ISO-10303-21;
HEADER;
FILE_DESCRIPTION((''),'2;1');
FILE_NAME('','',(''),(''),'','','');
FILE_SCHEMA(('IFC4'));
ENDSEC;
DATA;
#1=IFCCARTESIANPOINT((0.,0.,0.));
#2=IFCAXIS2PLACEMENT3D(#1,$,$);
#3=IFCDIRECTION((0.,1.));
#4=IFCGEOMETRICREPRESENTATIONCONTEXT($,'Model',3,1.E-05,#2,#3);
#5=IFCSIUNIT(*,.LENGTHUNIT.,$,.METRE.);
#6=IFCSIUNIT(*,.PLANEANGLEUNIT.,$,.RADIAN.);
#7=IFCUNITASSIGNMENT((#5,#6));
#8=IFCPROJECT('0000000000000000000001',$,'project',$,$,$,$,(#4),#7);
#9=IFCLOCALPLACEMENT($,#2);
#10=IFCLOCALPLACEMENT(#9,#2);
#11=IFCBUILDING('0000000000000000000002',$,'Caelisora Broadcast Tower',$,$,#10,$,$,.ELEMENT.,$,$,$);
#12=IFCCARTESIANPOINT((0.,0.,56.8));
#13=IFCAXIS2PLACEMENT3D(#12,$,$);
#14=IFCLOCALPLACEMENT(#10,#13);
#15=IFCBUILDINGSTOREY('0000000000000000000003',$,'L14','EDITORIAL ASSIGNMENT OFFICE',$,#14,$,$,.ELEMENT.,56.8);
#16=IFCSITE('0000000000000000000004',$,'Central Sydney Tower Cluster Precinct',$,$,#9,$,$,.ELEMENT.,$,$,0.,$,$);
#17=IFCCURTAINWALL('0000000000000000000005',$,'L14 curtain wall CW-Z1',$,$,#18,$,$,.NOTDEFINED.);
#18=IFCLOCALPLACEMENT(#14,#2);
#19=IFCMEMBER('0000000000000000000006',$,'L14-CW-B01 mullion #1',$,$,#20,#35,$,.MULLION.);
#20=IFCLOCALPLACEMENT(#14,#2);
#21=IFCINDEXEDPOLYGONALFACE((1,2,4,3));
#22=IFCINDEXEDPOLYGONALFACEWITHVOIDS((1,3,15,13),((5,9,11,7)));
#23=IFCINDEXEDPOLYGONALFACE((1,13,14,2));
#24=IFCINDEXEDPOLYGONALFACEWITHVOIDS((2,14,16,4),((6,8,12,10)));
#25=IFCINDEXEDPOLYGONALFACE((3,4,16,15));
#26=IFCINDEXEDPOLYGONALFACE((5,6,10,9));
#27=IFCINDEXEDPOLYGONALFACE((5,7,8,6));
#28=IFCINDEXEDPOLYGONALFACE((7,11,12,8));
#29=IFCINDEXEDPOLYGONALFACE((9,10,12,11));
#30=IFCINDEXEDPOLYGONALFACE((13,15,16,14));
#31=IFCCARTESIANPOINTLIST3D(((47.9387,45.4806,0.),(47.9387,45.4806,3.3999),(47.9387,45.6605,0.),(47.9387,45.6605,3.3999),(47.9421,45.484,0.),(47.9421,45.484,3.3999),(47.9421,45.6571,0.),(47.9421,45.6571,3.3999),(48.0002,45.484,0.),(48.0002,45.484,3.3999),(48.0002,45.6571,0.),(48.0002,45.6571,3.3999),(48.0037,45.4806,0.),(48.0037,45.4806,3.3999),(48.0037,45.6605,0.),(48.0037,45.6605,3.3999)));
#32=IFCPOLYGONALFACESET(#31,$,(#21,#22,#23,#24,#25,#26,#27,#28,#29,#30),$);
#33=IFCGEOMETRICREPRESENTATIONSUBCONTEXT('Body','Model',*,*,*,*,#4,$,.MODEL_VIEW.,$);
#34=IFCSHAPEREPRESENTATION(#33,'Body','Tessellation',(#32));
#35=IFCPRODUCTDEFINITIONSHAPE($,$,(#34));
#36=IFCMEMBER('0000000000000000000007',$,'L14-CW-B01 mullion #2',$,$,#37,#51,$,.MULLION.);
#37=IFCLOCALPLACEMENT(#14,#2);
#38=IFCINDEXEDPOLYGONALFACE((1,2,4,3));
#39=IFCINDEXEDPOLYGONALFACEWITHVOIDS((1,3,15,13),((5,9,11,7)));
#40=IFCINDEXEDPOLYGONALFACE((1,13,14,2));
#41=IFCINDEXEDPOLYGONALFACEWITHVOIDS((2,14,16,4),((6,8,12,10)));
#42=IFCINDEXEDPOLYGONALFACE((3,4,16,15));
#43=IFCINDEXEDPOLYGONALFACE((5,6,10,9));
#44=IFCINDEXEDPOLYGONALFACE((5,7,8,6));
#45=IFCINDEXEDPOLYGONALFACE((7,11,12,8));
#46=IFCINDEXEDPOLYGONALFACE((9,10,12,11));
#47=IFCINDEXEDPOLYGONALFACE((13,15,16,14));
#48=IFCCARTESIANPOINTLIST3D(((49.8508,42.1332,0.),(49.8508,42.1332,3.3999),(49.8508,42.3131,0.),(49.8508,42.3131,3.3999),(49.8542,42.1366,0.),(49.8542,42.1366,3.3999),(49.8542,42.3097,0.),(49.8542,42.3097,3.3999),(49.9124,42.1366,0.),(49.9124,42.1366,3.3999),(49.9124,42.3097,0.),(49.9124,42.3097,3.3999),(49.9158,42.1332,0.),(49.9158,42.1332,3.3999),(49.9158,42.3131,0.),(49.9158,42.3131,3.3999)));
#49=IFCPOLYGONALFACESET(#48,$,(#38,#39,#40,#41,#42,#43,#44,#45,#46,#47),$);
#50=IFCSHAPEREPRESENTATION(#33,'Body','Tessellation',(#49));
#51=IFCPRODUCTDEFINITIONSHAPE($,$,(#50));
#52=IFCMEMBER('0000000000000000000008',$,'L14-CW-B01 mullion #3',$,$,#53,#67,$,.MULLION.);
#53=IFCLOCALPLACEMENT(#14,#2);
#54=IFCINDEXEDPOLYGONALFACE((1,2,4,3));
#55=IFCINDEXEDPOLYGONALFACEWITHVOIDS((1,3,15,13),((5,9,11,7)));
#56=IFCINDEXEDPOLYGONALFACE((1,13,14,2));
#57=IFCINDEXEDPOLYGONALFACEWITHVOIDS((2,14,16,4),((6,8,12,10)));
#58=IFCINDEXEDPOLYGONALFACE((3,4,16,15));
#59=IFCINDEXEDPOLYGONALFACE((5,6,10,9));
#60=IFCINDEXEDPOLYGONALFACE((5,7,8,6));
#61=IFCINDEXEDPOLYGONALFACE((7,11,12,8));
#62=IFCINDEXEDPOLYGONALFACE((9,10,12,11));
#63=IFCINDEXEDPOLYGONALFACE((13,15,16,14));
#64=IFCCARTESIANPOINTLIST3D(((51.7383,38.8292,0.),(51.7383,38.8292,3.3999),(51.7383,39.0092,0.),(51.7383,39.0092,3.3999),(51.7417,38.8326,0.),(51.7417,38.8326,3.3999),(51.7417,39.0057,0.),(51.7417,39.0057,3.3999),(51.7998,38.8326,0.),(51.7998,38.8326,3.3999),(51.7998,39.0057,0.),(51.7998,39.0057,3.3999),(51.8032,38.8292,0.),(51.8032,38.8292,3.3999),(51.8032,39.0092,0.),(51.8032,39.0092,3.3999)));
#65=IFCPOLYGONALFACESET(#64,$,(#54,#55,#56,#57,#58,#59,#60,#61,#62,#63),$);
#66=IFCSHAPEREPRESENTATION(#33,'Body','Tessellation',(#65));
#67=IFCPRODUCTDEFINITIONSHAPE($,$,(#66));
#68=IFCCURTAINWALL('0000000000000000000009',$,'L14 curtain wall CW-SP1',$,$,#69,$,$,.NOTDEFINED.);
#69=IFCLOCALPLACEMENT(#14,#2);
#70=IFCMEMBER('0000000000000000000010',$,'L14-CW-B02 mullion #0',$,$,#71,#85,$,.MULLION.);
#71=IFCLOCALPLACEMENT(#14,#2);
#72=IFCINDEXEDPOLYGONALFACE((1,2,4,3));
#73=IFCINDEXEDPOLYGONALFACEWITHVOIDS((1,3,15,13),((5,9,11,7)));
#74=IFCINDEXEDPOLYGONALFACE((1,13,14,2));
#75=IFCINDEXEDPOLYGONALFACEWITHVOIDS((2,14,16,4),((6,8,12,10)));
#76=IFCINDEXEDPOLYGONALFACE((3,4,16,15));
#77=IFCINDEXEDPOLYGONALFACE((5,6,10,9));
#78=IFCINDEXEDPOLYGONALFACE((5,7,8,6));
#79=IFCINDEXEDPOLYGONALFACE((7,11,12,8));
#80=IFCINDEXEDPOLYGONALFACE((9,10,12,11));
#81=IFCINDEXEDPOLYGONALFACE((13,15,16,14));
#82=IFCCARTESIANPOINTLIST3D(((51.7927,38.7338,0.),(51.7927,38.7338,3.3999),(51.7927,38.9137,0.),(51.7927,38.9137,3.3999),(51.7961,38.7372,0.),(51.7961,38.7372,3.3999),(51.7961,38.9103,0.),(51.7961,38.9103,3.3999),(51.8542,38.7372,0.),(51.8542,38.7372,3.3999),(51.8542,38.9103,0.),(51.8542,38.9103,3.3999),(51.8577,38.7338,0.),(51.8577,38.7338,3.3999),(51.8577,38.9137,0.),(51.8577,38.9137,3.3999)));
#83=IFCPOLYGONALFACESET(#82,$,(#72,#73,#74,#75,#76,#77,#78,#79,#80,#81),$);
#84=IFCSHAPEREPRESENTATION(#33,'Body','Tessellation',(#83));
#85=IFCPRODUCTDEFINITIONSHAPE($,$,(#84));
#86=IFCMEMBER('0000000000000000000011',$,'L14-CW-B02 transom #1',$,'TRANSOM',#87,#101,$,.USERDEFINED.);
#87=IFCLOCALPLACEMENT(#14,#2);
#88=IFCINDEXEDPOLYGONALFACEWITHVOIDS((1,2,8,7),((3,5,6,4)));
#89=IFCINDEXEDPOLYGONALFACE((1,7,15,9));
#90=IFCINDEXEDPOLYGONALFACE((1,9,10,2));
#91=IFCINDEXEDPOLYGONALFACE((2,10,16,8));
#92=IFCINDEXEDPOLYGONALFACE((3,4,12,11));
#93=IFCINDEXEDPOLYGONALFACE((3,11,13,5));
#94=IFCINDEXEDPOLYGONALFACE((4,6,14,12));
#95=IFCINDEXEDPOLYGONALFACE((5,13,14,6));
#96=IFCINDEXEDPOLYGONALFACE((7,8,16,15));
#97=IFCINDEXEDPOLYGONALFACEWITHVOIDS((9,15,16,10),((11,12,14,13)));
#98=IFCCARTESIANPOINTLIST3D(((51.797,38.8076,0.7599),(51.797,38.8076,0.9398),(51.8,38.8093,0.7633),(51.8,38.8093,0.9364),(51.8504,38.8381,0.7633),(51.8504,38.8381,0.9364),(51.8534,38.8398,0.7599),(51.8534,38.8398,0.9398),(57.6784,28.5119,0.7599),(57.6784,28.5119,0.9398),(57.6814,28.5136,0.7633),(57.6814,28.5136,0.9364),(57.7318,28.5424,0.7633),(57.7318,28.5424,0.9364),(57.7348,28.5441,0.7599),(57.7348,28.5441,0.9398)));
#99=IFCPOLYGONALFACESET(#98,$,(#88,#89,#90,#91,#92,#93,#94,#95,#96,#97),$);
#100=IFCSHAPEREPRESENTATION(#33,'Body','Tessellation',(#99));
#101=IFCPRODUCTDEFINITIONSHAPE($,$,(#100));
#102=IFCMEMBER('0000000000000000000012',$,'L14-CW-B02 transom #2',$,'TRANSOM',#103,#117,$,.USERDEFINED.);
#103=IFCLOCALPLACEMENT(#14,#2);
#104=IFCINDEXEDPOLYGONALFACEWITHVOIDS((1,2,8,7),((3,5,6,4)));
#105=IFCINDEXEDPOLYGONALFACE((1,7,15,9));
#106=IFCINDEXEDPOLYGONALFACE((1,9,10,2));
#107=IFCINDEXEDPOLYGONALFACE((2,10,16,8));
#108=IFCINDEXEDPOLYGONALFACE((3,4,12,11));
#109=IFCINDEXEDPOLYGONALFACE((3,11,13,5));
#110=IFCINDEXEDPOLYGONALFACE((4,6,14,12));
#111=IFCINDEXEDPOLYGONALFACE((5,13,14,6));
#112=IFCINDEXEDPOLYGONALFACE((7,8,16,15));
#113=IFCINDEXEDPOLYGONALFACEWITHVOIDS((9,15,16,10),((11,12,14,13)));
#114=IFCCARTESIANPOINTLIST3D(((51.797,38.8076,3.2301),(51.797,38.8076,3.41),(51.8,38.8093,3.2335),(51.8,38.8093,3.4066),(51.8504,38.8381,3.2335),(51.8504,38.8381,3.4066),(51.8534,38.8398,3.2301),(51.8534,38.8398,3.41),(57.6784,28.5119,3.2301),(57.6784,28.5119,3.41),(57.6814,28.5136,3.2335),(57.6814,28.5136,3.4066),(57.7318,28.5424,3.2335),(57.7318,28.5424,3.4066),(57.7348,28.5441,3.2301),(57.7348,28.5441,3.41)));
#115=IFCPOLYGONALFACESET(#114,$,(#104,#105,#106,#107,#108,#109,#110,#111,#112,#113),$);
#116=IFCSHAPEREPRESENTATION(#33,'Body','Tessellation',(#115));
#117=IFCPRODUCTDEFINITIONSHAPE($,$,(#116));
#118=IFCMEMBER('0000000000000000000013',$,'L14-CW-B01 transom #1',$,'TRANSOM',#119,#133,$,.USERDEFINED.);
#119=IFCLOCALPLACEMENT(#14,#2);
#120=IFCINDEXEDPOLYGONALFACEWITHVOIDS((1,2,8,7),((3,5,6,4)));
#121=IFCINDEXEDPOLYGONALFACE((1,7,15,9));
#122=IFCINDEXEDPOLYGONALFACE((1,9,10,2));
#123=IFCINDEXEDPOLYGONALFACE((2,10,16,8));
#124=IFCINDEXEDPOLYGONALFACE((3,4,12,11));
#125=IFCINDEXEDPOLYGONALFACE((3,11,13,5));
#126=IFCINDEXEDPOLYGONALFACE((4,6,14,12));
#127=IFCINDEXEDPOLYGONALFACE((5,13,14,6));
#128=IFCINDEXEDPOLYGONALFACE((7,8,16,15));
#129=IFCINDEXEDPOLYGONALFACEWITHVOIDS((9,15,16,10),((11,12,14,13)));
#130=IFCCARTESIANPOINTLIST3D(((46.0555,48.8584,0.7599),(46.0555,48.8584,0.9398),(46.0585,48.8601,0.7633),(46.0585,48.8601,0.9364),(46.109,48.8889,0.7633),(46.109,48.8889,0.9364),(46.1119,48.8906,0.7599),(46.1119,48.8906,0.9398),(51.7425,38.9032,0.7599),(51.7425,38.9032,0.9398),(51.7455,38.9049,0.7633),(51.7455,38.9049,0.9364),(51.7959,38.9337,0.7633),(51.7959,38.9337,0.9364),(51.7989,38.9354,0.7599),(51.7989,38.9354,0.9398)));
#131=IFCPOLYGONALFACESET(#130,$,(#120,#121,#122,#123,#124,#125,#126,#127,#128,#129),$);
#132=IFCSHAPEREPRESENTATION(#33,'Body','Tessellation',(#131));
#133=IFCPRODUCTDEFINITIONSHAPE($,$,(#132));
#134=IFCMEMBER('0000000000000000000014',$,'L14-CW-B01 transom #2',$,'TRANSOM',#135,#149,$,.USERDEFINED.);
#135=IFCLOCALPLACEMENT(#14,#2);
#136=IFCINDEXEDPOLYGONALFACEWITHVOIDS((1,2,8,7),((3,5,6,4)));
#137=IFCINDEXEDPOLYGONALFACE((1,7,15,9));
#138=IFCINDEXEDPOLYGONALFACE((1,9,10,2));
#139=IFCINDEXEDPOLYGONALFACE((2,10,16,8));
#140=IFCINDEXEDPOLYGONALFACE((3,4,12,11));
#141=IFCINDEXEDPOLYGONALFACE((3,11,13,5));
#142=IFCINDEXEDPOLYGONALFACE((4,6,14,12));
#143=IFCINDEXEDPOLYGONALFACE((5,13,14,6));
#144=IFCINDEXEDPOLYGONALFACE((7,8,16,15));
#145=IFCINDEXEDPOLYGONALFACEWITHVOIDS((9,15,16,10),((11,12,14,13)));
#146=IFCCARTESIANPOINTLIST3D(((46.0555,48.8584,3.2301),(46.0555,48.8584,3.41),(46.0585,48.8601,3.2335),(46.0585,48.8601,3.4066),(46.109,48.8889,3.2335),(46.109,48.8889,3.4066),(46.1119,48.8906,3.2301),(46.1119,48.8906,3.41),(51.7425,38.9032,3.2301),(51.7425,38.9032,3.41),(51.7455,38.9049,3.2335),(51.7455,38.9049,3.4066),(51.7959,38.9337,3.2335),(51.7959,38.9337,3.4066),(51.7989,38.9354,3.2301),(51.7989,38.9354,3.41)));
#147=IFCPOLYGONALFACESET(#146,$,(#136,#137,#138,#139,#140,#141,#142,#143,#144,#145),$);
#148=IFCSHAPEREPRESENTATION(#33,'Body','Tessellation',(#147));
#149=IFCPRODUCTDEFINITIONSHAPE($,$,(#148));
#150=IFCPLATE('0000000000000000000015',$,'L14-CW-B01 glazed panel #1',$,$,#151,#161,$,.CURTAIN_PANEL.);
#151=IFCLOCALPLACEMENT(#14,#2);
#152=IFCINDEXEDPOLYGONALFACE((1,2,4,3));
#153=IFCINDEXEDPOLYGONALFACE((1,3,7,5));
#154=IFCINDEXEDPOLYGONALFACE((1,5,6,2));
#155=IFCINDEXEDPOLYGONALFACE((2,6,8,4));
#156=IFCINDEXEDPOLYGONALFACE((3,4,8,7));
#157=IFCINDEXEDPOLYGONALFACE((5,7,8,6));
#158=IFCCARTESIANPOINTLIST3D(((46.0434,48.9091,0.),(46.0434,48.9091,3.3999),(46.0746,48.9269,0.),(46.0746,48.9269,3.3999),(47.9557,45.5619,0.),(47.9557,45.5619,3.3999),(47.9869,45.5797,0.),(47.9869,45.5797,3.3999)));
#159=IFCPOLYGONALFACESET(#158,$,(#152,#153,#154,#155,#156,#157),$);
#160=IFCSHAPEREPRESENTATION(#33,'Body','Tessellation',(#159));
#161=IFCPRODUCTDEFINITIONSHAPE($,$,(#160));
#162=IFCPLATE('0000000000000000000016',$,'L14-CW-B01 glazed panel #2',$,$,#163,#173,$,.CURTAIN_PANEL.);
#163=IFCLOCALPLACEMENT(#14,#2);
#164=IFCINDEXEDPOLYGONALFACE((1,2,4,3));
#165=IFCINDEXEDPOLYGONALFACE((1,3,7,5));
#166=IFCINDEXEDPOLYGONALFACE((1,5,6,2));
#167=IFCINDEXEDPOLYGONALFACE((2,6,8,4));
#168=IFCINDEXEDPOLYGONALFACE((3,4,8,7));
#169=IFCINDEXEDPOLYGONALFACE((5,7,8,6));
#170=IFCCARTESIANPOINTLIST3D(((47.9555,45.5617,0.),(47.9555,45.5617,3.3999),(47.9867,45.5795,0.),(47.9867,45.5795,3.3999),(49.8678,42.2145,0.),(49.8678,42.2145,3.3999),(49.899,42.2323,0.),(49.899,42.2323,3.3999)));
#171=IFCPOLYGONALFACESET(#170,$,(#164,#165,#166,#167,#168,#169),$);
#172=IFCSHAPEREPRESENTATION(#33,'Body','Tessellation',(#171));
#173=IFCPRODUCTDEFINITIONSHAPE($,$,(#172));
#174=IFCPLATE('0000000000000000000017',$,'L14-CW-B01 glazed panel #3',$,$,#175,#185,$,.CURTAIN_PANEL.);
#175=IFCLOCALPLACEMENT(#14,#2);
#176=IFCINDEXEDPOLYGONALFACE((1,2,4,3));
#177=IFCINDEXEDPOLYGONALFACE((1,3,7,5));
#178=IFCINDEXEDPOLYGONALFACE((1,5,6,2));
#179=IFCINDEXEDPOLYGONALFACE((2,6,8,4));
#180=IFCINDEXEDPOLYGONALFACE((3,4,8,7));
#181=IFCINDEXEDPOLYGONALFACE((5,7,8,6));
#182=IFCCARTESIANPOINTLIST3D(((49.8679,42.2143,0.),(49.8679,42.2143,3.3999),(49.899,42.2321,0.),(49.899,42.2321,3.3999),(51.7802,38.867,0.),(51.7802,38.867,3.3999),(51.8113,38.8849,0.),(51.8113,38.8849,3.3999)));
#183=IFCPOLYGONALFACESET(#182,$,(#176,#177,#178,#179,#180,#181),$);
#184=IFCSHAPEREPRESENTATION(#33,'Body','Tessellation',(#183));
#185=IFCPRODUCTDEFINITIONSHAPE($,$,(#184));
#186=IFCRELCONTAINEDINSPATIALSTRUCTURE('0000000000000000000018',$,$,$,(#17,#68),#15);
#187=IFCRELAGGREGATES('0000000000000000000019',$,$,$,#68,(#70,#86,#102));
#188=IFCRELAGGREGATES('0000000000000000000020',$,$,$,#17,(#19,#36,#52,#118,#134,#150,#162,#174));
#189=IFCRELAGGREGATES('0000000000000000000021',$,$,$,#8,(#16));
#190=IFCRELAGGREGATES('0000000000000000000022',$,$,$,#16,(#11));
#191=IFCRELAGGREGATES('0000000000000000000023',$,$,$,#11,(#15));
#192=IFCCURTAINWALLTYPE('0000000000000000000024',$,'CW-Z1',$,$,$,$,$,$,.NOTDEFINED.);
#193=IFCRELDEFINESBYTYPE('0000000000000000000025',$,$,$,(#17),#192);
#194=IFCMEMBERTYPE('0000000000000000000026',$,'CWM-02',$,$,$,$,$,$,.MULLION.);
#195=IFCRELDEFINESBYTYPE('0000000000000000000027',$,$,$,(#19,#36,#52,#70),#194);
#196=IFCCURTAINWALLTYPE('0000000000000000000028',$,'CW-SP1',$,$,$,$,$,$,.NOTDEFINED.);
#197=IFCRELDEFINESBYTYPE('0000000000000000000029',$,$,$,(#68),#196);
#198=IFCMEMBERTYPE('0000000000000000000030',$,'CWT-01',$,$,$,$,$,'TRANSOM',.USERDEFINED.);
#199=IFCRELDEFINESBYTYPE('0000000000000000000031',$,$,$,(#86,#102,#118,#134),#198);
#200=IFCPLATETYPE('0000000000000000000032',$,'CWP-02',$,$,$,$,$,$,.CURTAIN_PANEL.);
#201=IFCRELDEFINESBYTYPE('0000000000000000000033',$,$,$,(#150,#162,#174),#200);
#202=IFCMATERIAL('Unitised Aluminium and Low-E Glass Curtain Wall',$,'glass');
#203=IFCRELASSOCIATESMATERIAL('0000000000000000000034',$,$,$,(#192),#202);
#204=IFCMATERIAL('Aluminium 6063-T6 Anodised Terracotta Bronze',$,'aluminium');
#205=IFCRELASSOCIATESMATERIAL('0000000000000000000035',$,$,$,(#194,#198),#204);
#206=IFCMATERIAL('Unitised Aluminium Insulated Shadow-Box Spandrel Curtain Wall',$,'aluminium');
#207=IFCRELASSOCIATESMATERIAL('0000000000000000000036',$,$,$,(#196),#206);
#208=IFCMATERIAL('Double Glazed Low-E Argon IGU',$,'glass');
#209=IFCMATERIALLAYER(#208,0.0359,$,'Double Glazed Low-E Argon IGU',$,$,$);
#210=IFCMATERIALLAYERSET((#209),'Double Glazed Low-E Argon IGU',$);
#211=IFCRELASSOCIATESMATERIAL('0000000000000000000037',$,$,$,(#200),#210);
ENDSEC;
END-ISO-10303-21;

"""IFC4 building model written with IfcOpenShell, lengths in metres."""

from ifc_helpers import new_model, si_unit, direction, frame, origin, origin_2d, place, context, subcontext, project, spatial, rectangle, hollow_rectangle, extrude, source, transform, mapped, material, layer, layer_set, material_profile, profile_set, type_object, type_shapes, element, aggregate, save


model = new_model("IFC4")

# Units and contexts
model_context = context("Model", 3, precision=1e-05, world=origin(), true_north=direction((0.0, 1.0)))
body_context = subcontext(model_context, "Body", "Model", "MODEL_VIEW")
ifc_project = project(units=[si_unit("LENGTHUNIT", "METRE"), si_unit("PLANEANGLEUNIT", "RADIAN")], contexts=[model_context])

# Site, building, storey
site_placement = place(None, origin())
site = spatial("IfcSite", under=ifc_project, at=site_placement, Name="Central Sydney Tower Cluster Precinct", CompositionType="ELEMENT", RefElevation=0.0)
building_placement = place(site_placement, origin())
building = spatial("IfcBuilding", under=site, at=building_placement, Name="Caelisora Broadcast Tower", CompositionType="ELEMENT")
storey_placement = place(building_placement, frame((0.0, 0.0, 56.8)))
storey = spatial("IfcBuildingStorey", under=building, at=storey_placement, Name="L14", Description="EDITORIAL ASSIGNMENT OFFICE", CompositionType="ELEMENT", Elevation=56.8)

# Curtain walls, members
ifc_material_1 = material(Name="Unitised Aluminium and Low-E Glass Curtain Wall", Category="glass")
curtain_wall_type_1 = type_object("IfcCurtainWallType", Name="CW-Z1", PredefinedType="NOTDEFINED", material=ifc_material_1)
curtain_wall_1_placement = place(storey_placement, origin())
curtain_wall_1 = element("IfcCurtainWall", 1, at=curtain_wall_1_placement, inside=storey, type_object=curtain_wall_type_1, Name="L14 curtain wall CW-Z1", PredefinedType="NOTDEFINED")
ifc_material_2 = material(Name="Aluminium 6063-T6 Anodised Terracotta Bronze", Category="aluminium")
ifc_material_profile_1 = material_profile(ifc_material_2, hollow_rectangle(XDim=0.0649, YDim=0.1799, WallThickness=0.0034, at=origin_2d()), Name="Aluminium 6063-T6 Anodised Terracotta Bronze")
ifc_profile_set_1 = profile_set([ifc_material_profile_1], Name="Aluminium 6063-T6 Anodised Terracotta Bronze")
member_type_1 = type_object("IfcMemberType", Name="CWM-02", PredefinedType="MULLION", material=ifc_profile_set_1)
shared_shape_1 = source(origin(), body_context, "Body", "SweptSolid", [
    extrude(hollow_rectangle(XDim=0.0649, YDim=0.1799, WallThickness=0.0034, at=origin_2d()), origin(), (0.0, 0.0, 1.0), 3.3999),
])
type_shapes(member_type_1, [shared_shape_1])
member_1_placement = place(storey_placement, frame((47.9712, 45.5706, 0.0), z_axis=(0.0, 0.0, 1.0), x_axis=(1.0, 0.0, 0.0)))
member_1 = element("IfcMember", 2, at=member_1_placement, type_object=member_type_1, Name="L14-CW-B01 mullion #1", PredefinedType="MULLION", context=body_context, shape_type="MappedRepresentation", body=[
    mapped(shared_shape_1, transform((0.0, 0.0, 0.0), scale=1.0)),
])
member_2_placement = place(storey_placement, frame((49.8833, 42.2231, 0.0), z_axis=(0.0, 0.0, 1.0), x_axis=(1.0, 0.0, 0.0)))
member_2 = element("IfcMember", 3, at=member_2_placement, type_object=member_type_1, Name="L14-CW-B01 mullion #2", PredefinedType="MULLION", context=body_context, shape_type="MappedRepresentation", body=[
    mapped(shared_shape_1, transform((0.0, 0.0, 0.0), scale=1.0)),
])
member_3_placement = place(storey_placement, frame((51.7708, 38.9192, 0.0), z_axis=(0.0, 0.0, 1.0), x_axis=(1.0, 0.0, 0.0)))
member_3 = element("IfcMember", 4, at=member_3_placement, type_object=member_type_1, Name="L14-CW-B01 mullion #3", PredefinedType="MULLION", context=body_context, shape_type="MappedRepresentation", body=[
    mapped(shared_shape_1, transform((0.0, 0.0, 0.0), scale=1.0)),
])
ifc_material_3 = material(Name="Unitised Aluminium Insulated Shadow-Box Spandrel Curtain Wall", Category="aluminium")
curtain_wall_type_2 = type_object("IfcCurtainWallType", Name="CW-SP1", PredefinedType="NOTDEFINED", material=ifc_material_3)
curtain_wall_2_placement = place(storey_placement, origin())
curtain_wall_2 = element("IfcCurtainWall", 5, at=curtain_wall_2_placement, inside=storey, type_object=curtain_wall_type_2, Name="L14 curtain wall CW-SP1", PredefinedType="NOTDEFINED")
member_4_placement = place(storey_placement, frame((51.8252, 38.8237, 0.0), z_axis=(0.0, 0.0, 1.0), x_axis=(1.0, 0.0, 0.0)))
member_4 = element("IfcMember", 6, at=member_4_placement, type_object=member_type_1, Name="L14-CW-B02 mullion #0", PredefinedType="MULLION", context=body_context, shape_type="MappedRepresentation", body=[
    mapped(shared_shape_1, transform((0.0, 0.0, 0.0), scale=1.0)),
])
ifc_material_profile_2 = material_profile(ifc_material_2, hollow_rectangle(XDim=0.0649, YDim=0.1799, WallThickness=0.0034, at=origin_2d()), Name="Aluminium 6063-T6 Anodised Terracotta Bronze")
ifc_profile_set_2 = profile_set([ifc_material_profile_2], Name="Aluminium 6063-T6 Anodised Terracotta Bronze")
member_type_2 = type_object("IfcMemberType", Name="CWT-01", ElementType="TRANSOM", PredefinedType="USERDEFINED", material=ifc_profile_set_2)
shared_shape_2 = source(origin(), body_context, "Body", "SweptSolid", [
    extrude(hollow_rectangle(XDim=0.0649, YDim=0.1799, WallThickness=0.0034, at=origin_2d()), origin(), (0.0, 0.0, 1.0), 11.8572),
])
member_5_placement = place(storey_placement, frame((51.8252, 38.8237, 0.8499), z_axis=(0.496019, -0.868312, 0.0), x_axis=(0.868312, 0.496019, 0.0)))
member_5 = element("IfcMember", 7, at=member_5_placement, type_object=member_type_2, Name="L14-CW-B02 transom #1", ObjectType="TRANSOM", PredefinedType="USERDEFINED", context=body_context, shape_type="MappedRepresentation", body=[
    mapped(shared_shape_2, transform((0.0, 0.0, 0.0), scale=1.0)),
])
member_6_placement = place(storey_placement, frame((51.8252, 38.8237, 3.3201), z_axis=(0.496019, -0.868312, 0.0), x_axis=(0.868312, 0.496019, 0.0)))
member_6 = element("IfcMember", 8, at=member_6_placement, type_object=member_type_2, Name="L14-CW-B02 transom #2", ObjectType="TRANSOM", PredefinedType="USERDEFINED", context=body_context, shape_type="MappedRepresentation", body=[
    mapped(shared_shape_2, transform((0.0, 0.0, 0.0), scale=1.0)),
])
aggregate(curtain_wall_2, [member_4, member_5, member_6])

# Members
shared_shape_3 = source(origin(), body_context, "Body", "SweptSolid", [
    extrude(hollow_rectangle(XDim=0.0649, YDim=0.1799, WallThickness=0.0034, at=origin_2d()), origin(), (0.0, 0.0, 1.0), 11.4651),
])
type_shapes(member_type_2, [shared_shape_2, shared_shape_3])
member_7_placement = place(storey_placement, frame((46.0837, 48.8745, 0.8499), z_axis=(0.496024, -0.868309, 0.0), x_axis=(0.868309, 0.496024, 0.0)))
member_7 = element("IfcMember", 9, at=member_7_placement, type_object=member_type_2, Name="L14-CW-B01 transom #1", ObjectType="TRANSOM", PredefinedType="USERDEFINED", context=body_context, shape_type="MappedRepresentation", body=[
    mapped(shared_shape_3, transform((0.0, 0.0, 0.0), scale=1.0)),
])
member_8_placement = place(storey_placement, frame((46.0837, 48.8745, 3.3201), z_axis=(0.496024, -0.868309, 0.0), x_axis=(0.868309, 0.496024, 0.0)))
member_8 = element("IfcMember", 10, at=member_8_placement, type_object=member_type_2, Name="L14-CW-B01 transom #2", ObjectType="TRANSOM", PredefinedType="USERDEFINED", context=body_context, shape_type="MappedRepresentation", body=[
    mapped(shared_shape_3, transform((0.0, 0.0, 0.0), scale=1.0)),
])

# Plates
ifc_material_4 = material(Name="Double Glazed Low-E Argon IGU", Category="glass")
ifc_layer_1 = layer(ifc_material_4, 0.0359, Name="Double Glazed Low-E Argon IGU")
ifc_layer_set_1 = layer_set([ifc_layer_1], Name="Double Glazed Low-E Argon IGU")
plate_type = type_object("IfcPlateType", Name="CWP-02", PredefinedType="CURTAIN_PANEL", material=ifc_layer_set_1)
shared_shape_4 = source(origin(), body_context, "Body", "SweptSolid", [
    extrude(rectangle(XDim=3.855, YDim=0.0359, at=origin_2d()), origin(), (0.0, 0.0, 1.0), 3.3999),
])
type_shapes(plate_type, [shared_shape_4])
plate_1_placement = place(storey_placement, frame((47.0151, 47.2444, 0.0), z_axis=(0.0, 0.0, 1.0), x_axis=(0.496065, -0.868285, 0.0)))
plate_1 = element("IfcPlate", 11, at=plate_1_placement, type_object=plate_type, Name="L14-CW-B01 glazed panel #1", PredefinedType="CURTAIN_PANEL", context=body_context, shape_type="MappedRepresentation", body=[
    mapped(shared_shape_4, transform((0.0, 0.0, 0.0), scale=1.0)),
])
plate_2_placement = place(storey_placement, frame((48.9272, 43.897, 0.0), z_axis=(0.0, 0.0, 1.0), x_axis=(0.496065, -0.868285, 0.0)))
plate_2 = element("IfcPlate", 12, at=plate_2_placement, type_object=plate_type, Name="L14-CW-B01 glazed panel #2", PredefinedType="CURTAIN_PANEL", context=body_context, shape_type="MappedRepresentation", body=[
    mapped(shared_shape_4, transform((0.0, 0.0, 0.0), scale=1.0)),
])
plate_3_placement = place(storey_placement, frame((50.8396, 40.5496, 0.0), z_axis=(0.0, 0.0, 1.0), x_axis=(0.496065, -0.868285, 0.0)))
plate_3 = element("IfcPlate", 13, at=plate_3_placement, type_object=plate_type, Name="L14-CW-B01 glazed panel #3", PredefinedType="CURTAIN_PANEL", context=body_context, shape_type="MappedRepresentation", body=[
    mapped(shared_shape_4, transform((0.0, 0.0, 0.0), scale=1.0)),
])
aggregate(curtain_wall_1, [member_1, member_2, member_3, member_7, member_8, plate_1, plate_2, plate_3])

save(model, "model.ifc")
